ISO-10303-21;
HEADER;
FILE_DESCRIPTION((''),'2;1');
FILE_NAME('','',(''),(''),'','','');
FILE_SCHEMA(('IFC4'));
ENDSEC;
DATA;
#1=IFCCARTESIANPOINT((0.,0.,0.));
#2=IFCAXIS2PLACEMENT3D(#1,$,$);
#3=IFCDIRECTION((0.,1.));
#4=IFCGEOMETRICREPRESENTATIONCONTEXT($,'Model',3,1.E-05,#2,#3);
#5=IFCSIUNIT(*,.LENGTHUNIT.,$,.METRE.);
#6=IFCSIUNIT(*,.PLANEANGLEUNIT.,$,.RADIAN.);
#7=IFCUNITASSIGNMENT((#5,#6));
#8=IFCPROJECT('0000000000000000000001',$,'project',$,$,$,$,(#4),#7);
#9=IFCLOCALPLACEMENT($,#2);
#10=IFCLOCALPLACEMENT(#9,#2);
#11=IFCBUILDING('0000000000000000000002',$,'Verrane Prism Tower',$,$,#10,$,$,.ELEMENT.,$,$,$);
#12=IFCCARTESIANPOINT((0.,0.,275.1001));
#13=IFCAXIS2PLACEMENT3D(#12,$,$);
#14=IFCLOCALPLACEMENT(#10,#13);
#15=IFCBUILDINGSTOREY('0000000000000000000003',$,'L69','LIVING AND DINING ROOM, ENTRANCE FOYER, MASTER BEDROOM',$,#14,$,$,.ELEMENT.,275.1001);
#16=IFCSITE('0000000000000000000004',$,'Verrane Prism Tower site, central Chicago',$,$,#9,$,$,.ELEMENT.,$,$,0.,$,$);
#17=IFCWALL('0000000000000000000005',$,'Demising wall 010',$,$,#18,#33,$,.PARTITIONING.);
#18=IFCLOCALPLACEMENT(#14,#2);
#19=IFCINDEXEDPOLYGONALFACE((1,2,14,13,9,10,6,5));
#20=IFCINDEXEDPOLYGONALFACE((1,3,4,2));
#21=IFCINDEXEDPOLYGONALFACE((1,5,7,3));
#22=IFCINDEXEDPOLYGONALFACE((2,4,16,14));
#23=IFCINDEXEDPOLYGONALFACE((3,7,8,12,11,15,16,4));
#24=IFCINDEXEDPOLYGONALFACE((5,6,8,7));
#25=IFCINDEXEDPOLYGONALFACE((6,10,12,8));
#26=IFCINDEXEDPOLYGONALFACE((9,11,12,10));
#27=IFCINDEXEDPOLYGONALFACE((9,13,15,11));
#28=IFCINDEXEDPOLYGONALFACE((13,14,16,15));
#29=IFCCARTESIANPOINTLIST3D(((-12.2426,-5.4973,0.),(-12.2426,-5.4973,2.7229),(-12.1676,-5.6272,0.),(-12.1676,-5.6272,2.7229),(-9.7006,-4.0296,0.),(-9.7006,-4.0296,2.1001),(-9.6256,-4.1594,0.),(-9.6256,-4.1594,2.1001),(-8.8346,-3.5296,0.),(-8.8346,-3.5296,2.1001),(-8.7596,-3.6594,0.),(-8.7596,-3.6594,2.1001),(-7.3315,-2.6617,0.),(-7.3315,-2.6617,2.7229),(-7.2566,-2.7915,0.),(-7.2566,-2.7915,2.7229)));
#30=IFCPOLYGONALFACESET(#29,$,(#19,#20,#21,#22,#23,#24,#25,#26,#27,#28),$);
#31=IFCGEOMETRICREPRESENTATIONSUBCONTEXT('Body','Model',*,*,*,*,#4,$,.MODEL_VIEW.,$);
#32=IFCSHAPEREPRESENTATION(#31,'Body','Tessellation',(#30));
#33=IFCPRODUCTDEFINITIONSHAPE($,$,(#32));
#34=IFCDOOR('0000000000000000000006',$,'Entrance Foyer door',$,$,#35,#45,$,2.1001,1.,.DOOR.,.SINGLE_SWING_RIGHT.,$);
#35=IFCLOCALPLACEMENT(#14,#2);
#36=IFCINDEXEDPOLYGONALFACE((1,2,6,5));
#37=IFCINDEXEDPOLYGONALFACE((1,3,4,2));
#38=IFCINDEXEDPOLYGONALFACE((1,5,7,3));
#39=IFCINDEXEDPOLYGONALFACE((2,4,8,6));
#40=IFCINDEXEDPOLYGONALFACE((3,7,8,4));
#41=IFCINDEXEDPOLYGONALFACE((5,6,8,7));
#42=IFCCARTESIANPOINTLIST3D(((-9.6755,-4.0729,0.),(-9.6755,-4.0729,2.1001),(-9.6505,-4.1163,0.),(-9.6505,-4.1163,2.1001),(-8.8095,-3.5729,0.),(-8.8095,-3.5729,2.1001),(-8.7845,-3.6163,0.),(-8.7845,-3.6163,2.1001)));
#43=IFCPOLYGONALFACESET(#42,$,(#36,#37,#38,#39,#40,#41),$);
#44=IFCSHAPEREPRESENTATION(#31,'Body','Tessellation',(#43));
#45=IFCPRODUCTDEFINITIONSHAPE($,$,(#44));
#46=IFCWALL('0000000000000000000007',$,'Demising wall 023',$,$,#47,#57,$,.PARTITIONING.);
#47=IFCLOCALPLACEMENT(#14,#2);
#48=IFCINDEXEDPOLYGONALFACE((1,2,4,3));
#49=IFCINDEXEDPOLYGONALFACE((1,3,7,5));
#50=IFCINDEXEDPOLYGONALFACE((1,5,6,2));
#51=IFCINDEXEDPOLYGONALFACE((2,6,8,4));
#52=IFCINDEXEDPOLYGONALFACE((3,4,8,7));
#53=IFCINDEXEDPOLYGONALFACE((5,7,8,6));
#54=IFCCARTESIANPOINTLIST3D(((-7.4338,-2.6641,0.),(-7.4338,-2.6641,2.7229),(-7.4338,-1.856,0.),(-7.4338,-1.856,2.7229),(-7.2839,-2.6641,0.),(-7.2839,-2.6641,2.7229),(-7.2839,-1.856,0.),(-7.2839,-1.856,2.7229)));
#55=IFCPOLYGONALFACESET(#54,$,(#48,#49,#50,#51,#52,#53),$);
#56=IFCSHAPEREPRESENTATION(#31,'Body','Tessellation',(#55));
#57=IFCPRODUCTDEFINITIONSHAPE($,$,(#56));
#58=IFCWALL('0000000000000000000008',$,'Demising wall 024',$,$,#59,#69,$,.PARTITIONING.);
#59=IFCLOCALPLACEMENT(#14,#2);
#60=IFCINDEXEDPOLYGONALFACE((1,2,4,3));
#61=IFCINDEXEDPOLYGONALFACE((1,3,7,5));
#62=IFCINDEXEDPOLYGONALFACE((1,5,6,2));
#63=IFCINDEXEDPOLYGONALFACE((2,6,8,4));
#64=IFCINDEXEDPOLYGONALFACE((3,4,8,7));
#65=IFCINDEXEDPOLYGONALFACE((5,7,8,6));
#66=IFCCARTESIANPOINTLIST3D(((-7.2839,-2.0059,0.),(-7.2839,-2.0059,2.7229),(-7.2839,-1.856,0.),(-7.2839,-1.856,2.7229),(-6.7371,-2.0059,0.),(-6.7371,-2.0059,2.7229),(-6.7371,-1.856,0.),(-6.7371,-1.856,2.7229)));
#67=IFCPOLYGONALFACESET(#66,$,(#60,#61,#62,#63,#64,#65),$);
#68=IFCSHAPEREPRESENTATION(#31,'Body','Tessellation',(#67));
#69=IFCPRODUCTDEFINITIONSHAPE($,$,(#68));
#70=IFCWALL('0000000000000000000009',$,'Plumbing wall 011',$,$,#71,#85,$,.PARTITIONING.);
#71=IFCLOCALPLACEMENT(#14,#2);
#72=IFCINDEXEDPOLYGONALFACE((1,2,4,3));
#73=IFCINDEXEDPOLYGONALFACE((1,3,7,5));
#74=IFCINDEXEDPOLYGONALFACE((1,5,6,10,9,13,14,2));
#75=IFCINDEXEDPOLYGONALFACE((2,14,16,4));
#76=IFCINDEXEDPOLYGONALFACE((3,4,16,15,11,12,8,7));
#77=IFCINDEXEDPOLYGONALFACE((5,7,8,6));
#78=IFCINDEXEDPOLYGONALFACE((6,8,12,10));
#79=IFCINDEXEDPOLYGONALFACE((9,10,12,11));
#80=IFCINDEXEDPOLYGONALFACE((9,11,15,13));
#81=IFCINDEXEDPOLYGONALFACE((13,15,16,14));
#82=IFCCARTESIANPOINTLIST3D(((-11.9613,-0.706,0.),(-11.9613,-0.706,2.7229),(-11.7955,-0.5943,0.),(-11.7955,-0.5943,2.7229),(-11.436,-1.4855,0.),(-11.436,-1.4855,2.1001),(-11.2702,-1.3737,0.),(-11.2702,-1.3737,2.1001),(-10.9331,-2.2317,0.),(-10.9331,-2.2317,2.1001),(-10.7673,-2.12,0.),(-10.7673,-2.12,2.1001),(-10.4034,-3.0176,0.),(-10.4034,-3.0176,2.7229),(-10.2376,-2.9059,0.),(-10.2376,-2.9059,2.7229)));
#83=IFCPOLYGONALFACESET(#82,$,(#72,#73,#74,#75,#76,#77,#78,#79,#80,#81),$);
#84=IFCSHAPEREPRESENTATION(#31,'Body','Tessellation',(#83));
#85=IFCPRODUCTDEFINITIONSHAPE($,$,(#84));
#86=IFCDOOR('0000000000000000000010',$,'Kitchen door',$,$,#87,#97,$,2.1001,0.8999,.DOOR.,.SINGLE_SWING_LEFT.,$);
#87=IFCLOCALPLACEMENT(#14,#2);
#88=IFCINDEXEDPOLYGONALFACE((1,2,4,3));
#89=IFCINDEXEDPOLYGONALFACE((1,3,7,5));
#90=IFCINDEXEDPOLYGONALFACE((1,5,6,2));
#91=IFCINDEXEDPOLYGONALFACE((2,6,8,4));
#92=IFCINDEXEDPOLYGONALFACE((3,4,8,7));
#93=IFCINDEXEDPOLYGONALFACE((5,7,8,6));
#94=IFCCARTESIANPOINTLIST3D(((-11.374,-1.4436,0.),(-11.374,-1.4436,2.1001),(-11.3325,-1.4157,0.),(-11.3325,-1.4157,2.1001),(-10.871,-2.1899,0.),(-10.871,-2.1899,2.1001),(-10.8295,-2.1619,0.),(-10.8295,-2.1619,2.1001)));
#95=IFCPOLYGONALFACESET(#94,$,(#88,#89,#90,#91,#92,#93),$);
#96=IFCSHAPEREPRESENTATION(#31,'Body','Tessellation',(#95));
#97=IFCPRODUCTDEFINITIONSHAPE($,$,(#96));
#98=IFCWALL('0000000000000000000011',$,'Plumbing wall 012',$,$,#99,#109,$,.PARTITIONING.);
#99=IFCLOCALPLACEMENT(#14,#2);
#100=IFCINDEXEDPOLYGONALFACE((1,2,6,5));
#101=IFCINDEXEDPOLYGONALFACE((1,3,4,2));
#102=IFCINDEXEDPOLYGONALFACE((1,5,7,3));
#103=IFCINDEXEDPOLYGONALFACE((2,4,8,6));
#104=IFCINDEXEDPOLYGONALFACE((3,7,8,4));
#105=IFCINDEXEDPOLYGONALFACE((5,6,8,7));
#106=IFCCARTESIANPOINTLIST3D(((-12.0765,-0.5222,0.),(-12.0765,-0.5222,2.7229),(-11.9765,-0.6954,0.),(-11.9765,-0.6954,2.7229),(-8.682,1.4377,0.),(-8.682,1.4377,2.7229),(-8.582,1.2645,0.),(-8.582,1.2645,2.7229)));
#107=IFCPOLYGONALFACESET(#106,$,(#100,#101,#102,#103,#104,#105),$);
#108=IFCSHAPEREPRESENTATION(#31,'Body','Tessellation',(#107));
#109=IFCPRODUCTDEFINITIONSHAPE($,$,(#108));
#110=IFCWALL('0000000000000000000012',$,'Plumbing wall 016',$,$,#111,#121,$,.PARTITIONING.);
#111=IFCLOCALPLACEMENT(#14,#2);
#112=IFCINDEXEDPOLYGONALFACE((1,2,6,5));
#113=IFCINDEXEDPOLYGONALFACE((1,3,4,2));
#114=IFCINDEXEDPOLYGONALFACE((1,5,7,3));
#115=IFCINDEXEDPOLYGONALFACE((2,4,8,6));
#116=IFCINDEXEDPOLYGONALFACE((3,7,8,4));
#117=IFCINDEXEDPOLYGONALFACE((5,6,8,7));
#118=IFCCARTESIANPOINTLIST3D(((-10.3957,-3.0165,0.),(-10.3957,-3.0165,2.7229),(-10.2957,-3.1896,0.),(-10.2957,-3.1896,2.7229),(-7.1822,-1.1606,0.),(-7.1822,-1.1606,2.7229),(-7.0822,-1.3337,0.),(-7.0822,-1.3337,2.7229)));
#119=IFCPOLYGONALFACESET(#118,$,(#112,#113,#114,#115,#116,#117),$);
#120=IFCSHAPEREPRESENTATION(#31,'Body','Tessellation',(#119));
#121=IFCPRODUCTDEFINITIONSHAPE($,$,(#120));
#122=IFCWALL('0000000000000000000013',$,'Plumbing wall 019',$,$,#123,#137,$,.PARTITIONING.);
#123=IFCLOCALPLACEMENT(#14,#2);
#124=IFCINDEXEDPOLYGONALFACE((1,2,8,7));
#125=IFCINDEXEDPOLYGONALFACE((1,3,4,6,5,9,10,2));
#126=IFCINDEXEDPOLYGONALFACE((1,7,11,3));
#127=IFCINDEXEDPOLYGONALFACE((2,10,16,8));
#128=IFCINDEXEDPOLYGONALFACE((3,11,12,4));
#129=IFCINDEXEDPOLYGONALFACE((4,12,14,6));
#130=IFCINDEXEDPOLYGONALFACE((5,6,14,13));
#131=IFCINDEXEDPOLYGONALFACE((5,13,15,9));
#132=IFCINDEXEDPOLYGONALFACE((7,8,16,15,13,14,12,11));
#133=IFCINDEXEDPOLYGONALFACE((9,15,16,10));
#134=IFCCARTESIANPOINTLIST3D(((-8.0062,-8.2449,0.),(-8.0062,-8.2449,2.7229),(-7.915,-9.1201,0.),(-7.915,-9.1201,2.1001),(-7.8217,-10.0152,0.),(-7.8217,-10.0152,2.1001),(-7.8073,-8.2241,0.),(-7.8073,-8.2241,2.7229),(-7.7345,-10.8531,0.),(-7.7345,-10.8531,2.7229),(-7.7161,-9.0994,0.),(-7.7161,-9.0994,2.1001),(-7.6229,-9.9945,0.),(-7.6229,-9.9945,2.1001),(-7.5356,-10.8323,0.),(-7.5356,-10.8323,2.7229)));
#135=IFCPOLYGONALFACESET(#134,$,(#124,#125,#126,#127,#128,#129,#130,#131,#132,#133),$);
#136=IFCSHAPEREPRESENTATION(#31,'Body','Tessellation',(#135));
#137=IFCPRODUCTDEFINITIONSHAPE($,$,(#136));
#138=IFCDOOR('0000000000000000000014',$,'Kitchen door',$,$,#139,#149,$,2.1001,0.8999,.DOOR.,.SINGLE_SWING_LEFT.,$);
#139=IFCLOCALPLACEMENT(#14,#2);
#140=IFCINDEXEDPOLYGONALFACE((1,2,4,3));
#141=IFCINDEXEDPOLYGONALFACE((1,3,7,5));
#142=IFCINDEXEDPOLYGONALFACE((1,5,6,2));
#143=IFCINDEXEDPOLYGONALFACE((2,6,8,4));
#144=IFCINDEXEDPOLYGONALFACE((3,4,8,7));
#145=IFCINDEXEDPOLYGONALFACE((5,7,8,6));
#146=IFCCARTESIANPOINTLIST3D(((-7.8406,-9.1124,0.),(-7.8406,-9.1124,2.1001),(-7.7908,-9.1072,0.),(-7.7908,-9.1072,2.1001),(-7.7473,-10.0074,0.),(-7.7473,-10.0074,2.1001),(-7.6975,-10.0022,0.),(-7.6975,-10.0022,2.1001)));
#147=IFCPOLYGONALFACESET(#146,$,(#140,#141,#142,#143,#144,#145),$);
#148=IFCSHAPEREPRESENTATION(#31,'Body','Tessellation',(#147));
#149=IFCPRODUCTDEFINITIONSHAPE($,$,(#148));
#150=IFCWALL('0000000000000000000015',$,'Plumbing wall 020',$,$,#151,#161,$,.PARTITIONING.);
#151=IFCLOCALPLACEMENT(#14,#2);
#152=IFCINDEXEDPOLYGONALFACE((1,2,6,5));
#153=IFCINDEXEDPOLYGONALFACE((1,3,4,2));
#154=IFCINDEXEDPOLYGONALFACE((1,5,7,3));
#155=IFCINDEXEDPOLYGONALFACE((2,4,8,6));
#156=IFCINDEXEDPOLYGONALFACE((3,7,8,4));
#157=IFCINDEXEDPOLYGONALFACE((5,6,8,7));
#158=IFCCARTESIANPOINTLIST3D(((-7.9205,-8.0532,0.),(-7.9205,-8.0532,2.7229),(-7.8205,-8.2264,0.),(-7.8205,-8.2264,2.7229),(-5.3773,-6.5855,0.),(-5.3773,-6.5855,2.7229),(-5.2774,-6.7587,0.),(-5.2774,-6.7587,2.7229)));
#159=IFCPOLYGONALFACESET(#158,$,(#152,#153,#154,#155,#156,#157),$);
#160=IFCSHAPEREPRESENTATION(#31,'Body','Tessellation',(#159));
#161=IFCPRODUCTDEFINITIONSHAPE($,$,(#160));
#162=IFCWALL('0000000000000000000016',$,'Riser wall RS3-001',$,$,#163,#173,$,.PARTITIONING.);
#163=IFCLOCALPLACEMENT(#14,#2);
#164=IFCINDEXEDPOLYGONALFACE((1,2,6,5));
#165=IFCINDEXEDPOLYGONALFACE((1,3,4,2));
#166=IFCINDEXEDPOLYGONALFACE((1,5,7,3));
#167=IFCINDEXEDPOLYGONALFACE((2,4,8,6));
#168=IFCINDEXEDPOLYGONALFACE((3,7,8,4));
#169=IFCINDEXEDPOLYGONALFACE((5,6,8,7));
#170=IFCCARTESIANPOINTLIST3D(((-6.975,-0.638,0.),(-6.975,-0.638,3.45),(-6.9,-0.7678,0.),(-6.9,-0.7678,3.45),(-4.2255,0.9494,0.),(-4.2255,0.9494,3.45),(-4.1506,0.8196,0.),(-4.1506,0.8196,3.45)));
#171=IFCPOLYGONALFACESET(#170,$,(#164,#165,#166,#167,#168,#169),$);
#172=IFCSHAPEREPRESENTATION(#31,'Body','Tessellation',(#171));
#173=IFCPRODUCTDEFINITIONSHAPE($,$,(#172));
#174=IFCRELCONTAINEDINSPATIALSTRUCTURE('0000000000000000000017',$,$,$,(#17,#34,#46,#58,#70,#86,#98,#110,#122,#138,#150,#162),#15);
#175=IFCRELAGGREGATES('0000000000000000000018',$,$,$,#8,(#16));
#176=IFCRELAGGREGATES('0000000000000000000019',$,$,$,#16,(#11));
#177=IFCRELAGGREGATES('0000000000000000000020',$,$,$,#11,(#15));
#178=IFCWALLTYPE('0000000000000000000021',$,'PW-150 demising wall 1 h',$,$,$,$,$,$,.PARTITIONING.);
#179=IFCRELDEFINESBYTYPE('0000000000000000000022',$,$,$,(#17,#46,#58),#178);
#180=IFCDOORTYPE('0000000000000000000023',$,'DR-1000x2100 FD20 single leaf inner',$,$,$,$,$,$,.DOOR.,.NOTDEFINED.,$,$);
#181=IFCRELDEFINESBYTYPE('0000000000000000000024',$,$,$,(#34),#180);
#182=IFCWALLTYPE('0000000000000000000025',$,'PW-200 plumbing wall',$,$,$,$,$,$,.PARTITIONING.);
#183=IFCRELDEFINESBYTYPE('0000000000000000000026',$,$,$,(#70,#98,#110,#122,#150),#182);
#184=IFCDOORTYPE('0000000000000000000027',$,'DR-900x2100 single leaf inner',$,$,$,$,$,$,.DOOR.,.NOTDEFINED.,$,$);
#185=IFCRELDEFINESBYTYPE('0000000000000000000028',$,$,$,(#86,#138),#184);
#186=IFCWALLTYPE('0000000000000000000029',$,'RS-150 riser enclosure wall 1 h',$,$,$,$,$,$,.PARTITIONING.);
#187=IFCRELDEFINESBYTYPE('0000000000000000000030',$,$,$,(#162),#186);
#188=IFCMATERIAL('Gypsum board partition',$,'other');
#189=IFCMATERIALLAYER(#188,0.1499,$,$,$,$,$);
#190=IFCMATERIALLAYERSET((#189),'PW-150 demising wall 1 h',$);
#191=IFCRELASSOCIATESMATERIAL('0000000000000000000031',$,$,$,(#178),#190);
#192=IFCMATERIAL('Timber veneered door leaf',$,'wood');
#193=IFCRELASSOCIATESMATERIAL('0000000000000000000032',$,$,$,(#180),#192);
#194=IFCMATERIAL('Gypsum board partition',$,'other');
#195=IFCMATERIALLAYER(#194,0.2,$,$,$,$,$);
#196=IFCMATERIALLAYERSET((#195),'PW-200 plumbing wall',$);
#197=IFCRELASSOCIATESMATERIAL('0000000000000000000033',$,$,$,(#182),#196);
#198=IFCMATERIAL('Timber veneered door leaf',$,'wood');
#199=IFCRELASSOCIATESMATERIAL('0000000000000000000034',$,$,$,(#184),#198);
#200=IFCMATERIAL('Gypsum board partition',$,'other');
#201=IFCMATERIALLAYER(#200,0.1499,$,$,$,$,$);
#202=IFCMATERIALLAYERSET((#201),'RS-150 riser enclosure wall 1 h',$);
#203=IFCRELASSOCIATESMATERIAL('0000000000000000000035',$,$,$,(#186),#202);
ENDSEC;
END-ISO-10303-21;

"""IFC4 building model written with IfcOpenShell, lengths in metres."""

from ifc_helpers import new_model, si_unit, direction, frame, frame_2d, origin, place, context, subcontext, project, spatial, rectangle, extrude, material, layer, layer_set, type_object, element, fill, save


model = new_model("IFC4")

# Units and contexts
model_context = context("Model", 3, precision=1e-05, world=origin(), true_north=direction((0.0, 1.0)))
body_context = subcontext(model_context, "Body", "Model", "MODEL_VIEW")
ifc_project = project(units=[si_unit("LENGTHUNIT", "METRE"), si_unit("PLANEANGLEUNIT", "RADIAN")], contexts=[model_context])

# Site, building, storey
site_placement = place(None, origin())
site = spatial("IfcSite", under=ifc_project, at=site_placement, Name="Verrane Prism Tower site, central Chicago", CompositionType="ELEMENT", RefElevation=0.0)
building_placement = place(site_placement, origin())
building = spatial("IfcBuilding", under=site, at=building_placement, Name="Verrane Prism Tower", CompositionType="ELEMENT")
storey_placement = place(building_placement, frame((0.0, 0.0, 275.1001)))
storey = spatial("IfcBuildingStorey", under=building, at=storey_placement, Name="L69", Description="LIVING AND DINING ROOM, ENTRANCE FOYER, MASTER BEDROOM", CompositionType="ELEMENT", Elevation=275.1001)

# Wall, opening, door
ifc_material_1 = material(Name="Gypsum board partition", Category="other")
ifc_layer_1 = layer(ifc_material_1, 0.1499)
ifc_layer_set_1 = layer_set([ifc_layer_1], Name="PW-150 demising wall 1 h")
wall_type_1 = type_object("IfcWallType", Name="PW-150 demising wall 1 h", PredefinedType="PARTITIONING", material=ifc_layer_set_1)
wall_1_placement = place(storey_placement, frame((-12.2051, -5.5623, 0.0), z_axis=(0.0, 0.0, 1.0), x_axis=(0.866006, 0.500033, 0.0)))
wall_1 = element("IfcWall", 1, at=wall_1_placement, inside=storey, type_object=wall_type_1, Name="Demising wall 010", PredefinedType="PARTITIONING", context=body_context, shape_type="SweptSolid", body=[
    extrude(rectangle(XDim=5.6709, YDim=0.1499, at=frame_2d((2.8354, 0.0))), origin(), (0.0, 0.0, 1.0), 2.7229),
])
opening_1_placement = place(wall_1_placement, frame((2.9353, 0.0, 0.0)))
opening_1 = element("IfcOpeningElement", 2, at=opening_1_placement, cuts=wall_1, PredefinedType="OPENING", context=body_context, shape_type="SweptSolid", body=[
    extrude(rectangle(XDim=1.0, YDim=2.1001, at=frame_2d((0.5, 1.05))), frame((0.0, 0.085, 0.0), z_axis=(0.0, -1.0, 0.0), x_axis=(1.0, 0.0, 0.0)), (0.0, 0.0, 1.0), 0.1699),
])
ifc_material_2 = material(Name="Timber veneered door leaf", Category="wood")
door_type_1 = type_object("IfcDoorType", Name="DR-1000x2100 FD20 single leaf inner", OperationType="NOTDEFINED", PredefinedType="DOOR", material=ifc_material_2)
door_1_placement = place(opening_1_placement, origin())
door_1 = element("IfcDoor", 3, at=door_1_placement, inside=storey, type_object=door_type_1, Name="Entrance Foyer door", OperationType="SINGLE_SWING_RIGHT", OverallHeight=2.1001, OverallWidth=1.0, PredefinedType="DOOR", context=body_context, shape_type="SweptSolid", body=[
    extrude(rectangle(XDim=1.0, YDim=2.1001, at=frame_2d((0.5, 1.05))), frame((0.0, 0.0249, 0.0), z_axis=(0.0, -1.0, 0.0), x_axis=(1.0, 0.0, 0.0)), (0.0, 0.0, 1.0), 0.05),
])
fill(opening_1, door_1)

# Walls
wall_2_placement = place(storey_placement, frame((-7.3589, -2.6641, 0.0), z_axis=(0.0, 0.0, 1.0), x_axis=(0.0, 1.0, 0.0)))
element("IfcWall", 4, at=wall_2_placement, inside=storey, type_object=wall_type_1, Name="Demising wall 023", PredefinedType="PARTITIONING", context=body_context, shape_type="SweptSolid", body=[
    extrude(rectangle(XDim=0.8081, YDim=0.1499, at=frame_2d((0.4041, 0.0))), origin(), (0.0, 0.0, 1.0), 2.7229),
])
wall_3_placement = place(storey_placement, frame((-7.2839, -1.9309, 0.0), z_axis=(0.0, 0.0, 1.0), x_axis=(1.0, 0.0, 0.0)))
element("IfcWall", 5, at=wall_3_placement, inside=storey, type_object=wall_type_1, Name="Demising wall 024", PredefinedType="PARTITIONING", context=body_context, shape_type="SweptSolid", body=[
    extrude(rectangle(XDim=0.5469, YDim=0.1499, at=frame_2d((0.2734, 0.0))), origin(), (0.0, 0.0, 1.0), 2.7229),
])

# Wall, opening, door
ifc_material_3 = material(Name="Gypsum board partition", Category="other")
ifc_layer_2 = layer(ifc_material_3, 0.2)
ifc_layer_set_2 = layer_set([ifc_layer_2], Name="PW-200 plumbing wall")
wall_type_2 = type_object("IfcWallType", Name="PW-200 plumbing wall", PredefinedType="PARTITIONING", material=ifc_layer_set_2)
wall_4_placement = place(storey_placement, frame((-11.8784, -0.6501, 0.0), z_axis=(0.0, 0.0, 1.0), x_axis=(0.558877, -0.829251, 0.0)))
wall_4 = element("IfcWall", 6, at=wall_4_placement, inside=storey, type_object=wall_type_2, Name="Plumbing wall 011", PredefinedType="PARTITIONING", context=body_context, shape_type="SweptSolid", body=[
    extrude(rectangle(XDim=2.7876, YDim=0.2, at=frame_2d((1.3938, 0.0))), origin(), (0.0, 0.0, 1.0), 2.7229),
])
opening_2_placement = place(wall_4_placement, frame((0.9399, 0.0, 0.0)))
opening_2 = element("IfcOpeningElement", 7, at=opening_2_placement, cuts=wall_4, PredefinedType="OPENING", context=body_context, shape_type="SweptSolid", body=[
    extrude(rectangle(XDim=0.8999, YDim=2.1001, at=frame_2d((0.45, 1.05))), frame((0.0, 0.1099, 0.0), z_axis=(0.0, -1.0, 0.0), x_axis=(1.0, 0.0, 0.0)), (0.0, 0.0, 1.0), 0.22),
])
ifc_material_4 = material(Name="Timber veneered door leaf", Category="wood")
door_type_2 = type_object("IfcDoorType", Name="DR-900x2100 single leaf inner", OperationType="NOTDEFINED", PredefinedType="DOOR", material=ifc_material_4)
door_2_placement = place(opening_2_placement, origin())
door_2 = element("IfcDoor", 8, at=door_2_placement, inside=storey, type_object=door_type_2, Name="Kitchen door", OperationType="SINGLE_SWING_LEFT", OverallHeight=2.1001, OverallWidth=0.8999, PredefinedType="DOOR", context=body_context, shape_type="SweptSolid", body=[
    extrude(rectangle(XDim=0.8999, YDim=2.1001, at=frame_2d((0.45, 1.05))), frame((0.0, 0.0249, 0.0), z_axis=(0.0, -1.0, 0.0), x_axis=(1.0, 0.0, 0.0)), (0.0, 0.0, 1.0), 0.05),
])
fill(opening_2, door_2)

# Walls
wall_5_placement = place(storey_placement, frame((-12.0266, -0.6089, 0.0), z_axis=(0.0, 0.0, 1.0), x_axis=(0.866011, 0.500024, 0.0)))
element("IfcWall", 9, at=wall_5_placement, inside=storey, type_object=wall_type_2, Name="Plumbing wall 012", PredefinedType="PARTITIONING", context=body_context, shape_type="SweptSolid", body=[
    extrude(rectangle(XDim=3.9197, YDim=0.2, at=frame_2d((1.96, 0.0))), origin(), (0.0, 0.0, 1.0), 2.7229),
])
wall_6_placement = place(storey_placement, frame((-10.3457, -3.103, 0.0), z_axis=(0.0, 0.0, 1.0), x_axis=(0.865959, 0.500115, 0.0)))
element("IfcWall", 10, at=wall_6_placement, inside=storey, type_object=wall_type_2, Name="Plumbing wall 016", PredefinedType="PARTITIONING", context=body_context, shape_type="SweptSolid", body=[
    extrude(rectangle(XDim=3.7109, YDim=0.2, at=frame_2d((1.8555, 0.0))), origin(), (0.0, 0.0, 1.0), 2.7229),
])

# Wall, opening, door
wall_7_placement = place(storey_placement, frame((-7.9067, -8.2346, 0.0), z_axis=(0.0, 0.0, 1.0), x_axis=(0.103623, -0.994617, 0.0)))
wall_7 = element("IfcWall", 11, at=wall_7_placement, inside=storey, type_object=wall_type_2, Name="Plumbing wall 019", PredefinedType="PARTITIONING", context=body_context, shape_type="SweptSolid", body=[
    extrude(rectangle(XDim=2.6223, YDim=0.2, at=frame_2d((1.311, 0.0))), origin(), (0.0, 0.0, 1.0), 2.7229),
])
opening_3_placement = place(wall_7_placement, frame((0.8799, 0.0, 0.0)))
opening_3 = element("IfcOpeningElement", 12, at=opening_3_placement, cuts=wall_7, PredefinedType="OPENING", context=body_context, shape_type="SweptSolid", body=[
    extrude(rectangle(XDim=0.8999, YDim=2.1001, at=frame_2d((0.45, 1.05))), frame((0.0, 0.1099, 0.0), z_axis=(0.0, -1.0, 0.0), x_axis=(1.0, 0.0, 0.0)), (0.0, 0.0, 1.0), 0.22),
])
door_3_placement = place(opening_3_placement, origin())
door_3 = element("IfcDoor", 13, at=door_3_placement, inside=storey, type_object=door_type_2, Name="Kitchen door", OperationType="SINGLE_SWING_LEFT", OverallHeight=2.1001, OverallWidth=0.8999, PredefinedType="DOOR", context=body_context, shape_type="SweptSolid", body=[
    extrude(rectangle(XDim=0.8999, YDim=2.1001, at=frame_2d((0.45, 1.05))), frame((0.0, 0.0249, 0.0), z_axis=(0.0, -1.0, 0.0), x_axis=(1.0, 0.0, 0.0)), (0.0, 0.0, 1.0), 0.05),
])
fill(opening_3, door_3)

# Walls
wall_8_placement = place(storey_placement, frame((-7.8706, -8.1399, 0.0), z_axis=(0.0, 0.0, 1.0), x_axis=(0.866107, 0.499859, 0.0)))
element("IfcWall", 14, at=wall_8_placement, inside=storey, type_object=wall_type_2, Name="Plumbing wall 020", PredefinedType="PARTITIONING", context=body_context, shape_type="SweptSolid", body=[
    extrude(rectangle(XDim=2.9363, YDim=0.2, at=frame_2d((1.4683, 0.0))), origin(), (0.0, 0.0, 1.0), 2.7229),
])
ifc_material_5 = material(Name="Gypsum board partition", Category="other")
ifc_layer_3 = layer(ifc_material_5, 0.1499)
ifc_layer_set_3 = layer_set([ifc_layer_3], Name="RS-150 riser enclosure wall 1 h")
wall_type_3 = type_object("IfcWallType", Name="RS-150 riser enclosure wall 1 h", PredefinedType="PARTITIONING", material=ifc_layer_set_3)
wall_9_placement = place(storey_placement, frame((-6.9375, -0.7029, 0.0), z_axis=(0.0, 0.0, 1.0), x_axis=(0.866029, 0.499993, 0.0)))
element("IfcWall", 15, at=wall_9_placement, inside=storey, type_object=wall_type_3, Name="Riser wall RS3-001", PredefinedType="PARTITIONING", context=body_context, shape_type="SweptSolid", body=[
    extrude(rectangle(XDim=3.1748, YDim=0.1499, at=frame_2d((1.5874, 0.0))), origin(), (0.0, 0.0, 1.0), 3.45),
])

save(model, "model.ifc")
